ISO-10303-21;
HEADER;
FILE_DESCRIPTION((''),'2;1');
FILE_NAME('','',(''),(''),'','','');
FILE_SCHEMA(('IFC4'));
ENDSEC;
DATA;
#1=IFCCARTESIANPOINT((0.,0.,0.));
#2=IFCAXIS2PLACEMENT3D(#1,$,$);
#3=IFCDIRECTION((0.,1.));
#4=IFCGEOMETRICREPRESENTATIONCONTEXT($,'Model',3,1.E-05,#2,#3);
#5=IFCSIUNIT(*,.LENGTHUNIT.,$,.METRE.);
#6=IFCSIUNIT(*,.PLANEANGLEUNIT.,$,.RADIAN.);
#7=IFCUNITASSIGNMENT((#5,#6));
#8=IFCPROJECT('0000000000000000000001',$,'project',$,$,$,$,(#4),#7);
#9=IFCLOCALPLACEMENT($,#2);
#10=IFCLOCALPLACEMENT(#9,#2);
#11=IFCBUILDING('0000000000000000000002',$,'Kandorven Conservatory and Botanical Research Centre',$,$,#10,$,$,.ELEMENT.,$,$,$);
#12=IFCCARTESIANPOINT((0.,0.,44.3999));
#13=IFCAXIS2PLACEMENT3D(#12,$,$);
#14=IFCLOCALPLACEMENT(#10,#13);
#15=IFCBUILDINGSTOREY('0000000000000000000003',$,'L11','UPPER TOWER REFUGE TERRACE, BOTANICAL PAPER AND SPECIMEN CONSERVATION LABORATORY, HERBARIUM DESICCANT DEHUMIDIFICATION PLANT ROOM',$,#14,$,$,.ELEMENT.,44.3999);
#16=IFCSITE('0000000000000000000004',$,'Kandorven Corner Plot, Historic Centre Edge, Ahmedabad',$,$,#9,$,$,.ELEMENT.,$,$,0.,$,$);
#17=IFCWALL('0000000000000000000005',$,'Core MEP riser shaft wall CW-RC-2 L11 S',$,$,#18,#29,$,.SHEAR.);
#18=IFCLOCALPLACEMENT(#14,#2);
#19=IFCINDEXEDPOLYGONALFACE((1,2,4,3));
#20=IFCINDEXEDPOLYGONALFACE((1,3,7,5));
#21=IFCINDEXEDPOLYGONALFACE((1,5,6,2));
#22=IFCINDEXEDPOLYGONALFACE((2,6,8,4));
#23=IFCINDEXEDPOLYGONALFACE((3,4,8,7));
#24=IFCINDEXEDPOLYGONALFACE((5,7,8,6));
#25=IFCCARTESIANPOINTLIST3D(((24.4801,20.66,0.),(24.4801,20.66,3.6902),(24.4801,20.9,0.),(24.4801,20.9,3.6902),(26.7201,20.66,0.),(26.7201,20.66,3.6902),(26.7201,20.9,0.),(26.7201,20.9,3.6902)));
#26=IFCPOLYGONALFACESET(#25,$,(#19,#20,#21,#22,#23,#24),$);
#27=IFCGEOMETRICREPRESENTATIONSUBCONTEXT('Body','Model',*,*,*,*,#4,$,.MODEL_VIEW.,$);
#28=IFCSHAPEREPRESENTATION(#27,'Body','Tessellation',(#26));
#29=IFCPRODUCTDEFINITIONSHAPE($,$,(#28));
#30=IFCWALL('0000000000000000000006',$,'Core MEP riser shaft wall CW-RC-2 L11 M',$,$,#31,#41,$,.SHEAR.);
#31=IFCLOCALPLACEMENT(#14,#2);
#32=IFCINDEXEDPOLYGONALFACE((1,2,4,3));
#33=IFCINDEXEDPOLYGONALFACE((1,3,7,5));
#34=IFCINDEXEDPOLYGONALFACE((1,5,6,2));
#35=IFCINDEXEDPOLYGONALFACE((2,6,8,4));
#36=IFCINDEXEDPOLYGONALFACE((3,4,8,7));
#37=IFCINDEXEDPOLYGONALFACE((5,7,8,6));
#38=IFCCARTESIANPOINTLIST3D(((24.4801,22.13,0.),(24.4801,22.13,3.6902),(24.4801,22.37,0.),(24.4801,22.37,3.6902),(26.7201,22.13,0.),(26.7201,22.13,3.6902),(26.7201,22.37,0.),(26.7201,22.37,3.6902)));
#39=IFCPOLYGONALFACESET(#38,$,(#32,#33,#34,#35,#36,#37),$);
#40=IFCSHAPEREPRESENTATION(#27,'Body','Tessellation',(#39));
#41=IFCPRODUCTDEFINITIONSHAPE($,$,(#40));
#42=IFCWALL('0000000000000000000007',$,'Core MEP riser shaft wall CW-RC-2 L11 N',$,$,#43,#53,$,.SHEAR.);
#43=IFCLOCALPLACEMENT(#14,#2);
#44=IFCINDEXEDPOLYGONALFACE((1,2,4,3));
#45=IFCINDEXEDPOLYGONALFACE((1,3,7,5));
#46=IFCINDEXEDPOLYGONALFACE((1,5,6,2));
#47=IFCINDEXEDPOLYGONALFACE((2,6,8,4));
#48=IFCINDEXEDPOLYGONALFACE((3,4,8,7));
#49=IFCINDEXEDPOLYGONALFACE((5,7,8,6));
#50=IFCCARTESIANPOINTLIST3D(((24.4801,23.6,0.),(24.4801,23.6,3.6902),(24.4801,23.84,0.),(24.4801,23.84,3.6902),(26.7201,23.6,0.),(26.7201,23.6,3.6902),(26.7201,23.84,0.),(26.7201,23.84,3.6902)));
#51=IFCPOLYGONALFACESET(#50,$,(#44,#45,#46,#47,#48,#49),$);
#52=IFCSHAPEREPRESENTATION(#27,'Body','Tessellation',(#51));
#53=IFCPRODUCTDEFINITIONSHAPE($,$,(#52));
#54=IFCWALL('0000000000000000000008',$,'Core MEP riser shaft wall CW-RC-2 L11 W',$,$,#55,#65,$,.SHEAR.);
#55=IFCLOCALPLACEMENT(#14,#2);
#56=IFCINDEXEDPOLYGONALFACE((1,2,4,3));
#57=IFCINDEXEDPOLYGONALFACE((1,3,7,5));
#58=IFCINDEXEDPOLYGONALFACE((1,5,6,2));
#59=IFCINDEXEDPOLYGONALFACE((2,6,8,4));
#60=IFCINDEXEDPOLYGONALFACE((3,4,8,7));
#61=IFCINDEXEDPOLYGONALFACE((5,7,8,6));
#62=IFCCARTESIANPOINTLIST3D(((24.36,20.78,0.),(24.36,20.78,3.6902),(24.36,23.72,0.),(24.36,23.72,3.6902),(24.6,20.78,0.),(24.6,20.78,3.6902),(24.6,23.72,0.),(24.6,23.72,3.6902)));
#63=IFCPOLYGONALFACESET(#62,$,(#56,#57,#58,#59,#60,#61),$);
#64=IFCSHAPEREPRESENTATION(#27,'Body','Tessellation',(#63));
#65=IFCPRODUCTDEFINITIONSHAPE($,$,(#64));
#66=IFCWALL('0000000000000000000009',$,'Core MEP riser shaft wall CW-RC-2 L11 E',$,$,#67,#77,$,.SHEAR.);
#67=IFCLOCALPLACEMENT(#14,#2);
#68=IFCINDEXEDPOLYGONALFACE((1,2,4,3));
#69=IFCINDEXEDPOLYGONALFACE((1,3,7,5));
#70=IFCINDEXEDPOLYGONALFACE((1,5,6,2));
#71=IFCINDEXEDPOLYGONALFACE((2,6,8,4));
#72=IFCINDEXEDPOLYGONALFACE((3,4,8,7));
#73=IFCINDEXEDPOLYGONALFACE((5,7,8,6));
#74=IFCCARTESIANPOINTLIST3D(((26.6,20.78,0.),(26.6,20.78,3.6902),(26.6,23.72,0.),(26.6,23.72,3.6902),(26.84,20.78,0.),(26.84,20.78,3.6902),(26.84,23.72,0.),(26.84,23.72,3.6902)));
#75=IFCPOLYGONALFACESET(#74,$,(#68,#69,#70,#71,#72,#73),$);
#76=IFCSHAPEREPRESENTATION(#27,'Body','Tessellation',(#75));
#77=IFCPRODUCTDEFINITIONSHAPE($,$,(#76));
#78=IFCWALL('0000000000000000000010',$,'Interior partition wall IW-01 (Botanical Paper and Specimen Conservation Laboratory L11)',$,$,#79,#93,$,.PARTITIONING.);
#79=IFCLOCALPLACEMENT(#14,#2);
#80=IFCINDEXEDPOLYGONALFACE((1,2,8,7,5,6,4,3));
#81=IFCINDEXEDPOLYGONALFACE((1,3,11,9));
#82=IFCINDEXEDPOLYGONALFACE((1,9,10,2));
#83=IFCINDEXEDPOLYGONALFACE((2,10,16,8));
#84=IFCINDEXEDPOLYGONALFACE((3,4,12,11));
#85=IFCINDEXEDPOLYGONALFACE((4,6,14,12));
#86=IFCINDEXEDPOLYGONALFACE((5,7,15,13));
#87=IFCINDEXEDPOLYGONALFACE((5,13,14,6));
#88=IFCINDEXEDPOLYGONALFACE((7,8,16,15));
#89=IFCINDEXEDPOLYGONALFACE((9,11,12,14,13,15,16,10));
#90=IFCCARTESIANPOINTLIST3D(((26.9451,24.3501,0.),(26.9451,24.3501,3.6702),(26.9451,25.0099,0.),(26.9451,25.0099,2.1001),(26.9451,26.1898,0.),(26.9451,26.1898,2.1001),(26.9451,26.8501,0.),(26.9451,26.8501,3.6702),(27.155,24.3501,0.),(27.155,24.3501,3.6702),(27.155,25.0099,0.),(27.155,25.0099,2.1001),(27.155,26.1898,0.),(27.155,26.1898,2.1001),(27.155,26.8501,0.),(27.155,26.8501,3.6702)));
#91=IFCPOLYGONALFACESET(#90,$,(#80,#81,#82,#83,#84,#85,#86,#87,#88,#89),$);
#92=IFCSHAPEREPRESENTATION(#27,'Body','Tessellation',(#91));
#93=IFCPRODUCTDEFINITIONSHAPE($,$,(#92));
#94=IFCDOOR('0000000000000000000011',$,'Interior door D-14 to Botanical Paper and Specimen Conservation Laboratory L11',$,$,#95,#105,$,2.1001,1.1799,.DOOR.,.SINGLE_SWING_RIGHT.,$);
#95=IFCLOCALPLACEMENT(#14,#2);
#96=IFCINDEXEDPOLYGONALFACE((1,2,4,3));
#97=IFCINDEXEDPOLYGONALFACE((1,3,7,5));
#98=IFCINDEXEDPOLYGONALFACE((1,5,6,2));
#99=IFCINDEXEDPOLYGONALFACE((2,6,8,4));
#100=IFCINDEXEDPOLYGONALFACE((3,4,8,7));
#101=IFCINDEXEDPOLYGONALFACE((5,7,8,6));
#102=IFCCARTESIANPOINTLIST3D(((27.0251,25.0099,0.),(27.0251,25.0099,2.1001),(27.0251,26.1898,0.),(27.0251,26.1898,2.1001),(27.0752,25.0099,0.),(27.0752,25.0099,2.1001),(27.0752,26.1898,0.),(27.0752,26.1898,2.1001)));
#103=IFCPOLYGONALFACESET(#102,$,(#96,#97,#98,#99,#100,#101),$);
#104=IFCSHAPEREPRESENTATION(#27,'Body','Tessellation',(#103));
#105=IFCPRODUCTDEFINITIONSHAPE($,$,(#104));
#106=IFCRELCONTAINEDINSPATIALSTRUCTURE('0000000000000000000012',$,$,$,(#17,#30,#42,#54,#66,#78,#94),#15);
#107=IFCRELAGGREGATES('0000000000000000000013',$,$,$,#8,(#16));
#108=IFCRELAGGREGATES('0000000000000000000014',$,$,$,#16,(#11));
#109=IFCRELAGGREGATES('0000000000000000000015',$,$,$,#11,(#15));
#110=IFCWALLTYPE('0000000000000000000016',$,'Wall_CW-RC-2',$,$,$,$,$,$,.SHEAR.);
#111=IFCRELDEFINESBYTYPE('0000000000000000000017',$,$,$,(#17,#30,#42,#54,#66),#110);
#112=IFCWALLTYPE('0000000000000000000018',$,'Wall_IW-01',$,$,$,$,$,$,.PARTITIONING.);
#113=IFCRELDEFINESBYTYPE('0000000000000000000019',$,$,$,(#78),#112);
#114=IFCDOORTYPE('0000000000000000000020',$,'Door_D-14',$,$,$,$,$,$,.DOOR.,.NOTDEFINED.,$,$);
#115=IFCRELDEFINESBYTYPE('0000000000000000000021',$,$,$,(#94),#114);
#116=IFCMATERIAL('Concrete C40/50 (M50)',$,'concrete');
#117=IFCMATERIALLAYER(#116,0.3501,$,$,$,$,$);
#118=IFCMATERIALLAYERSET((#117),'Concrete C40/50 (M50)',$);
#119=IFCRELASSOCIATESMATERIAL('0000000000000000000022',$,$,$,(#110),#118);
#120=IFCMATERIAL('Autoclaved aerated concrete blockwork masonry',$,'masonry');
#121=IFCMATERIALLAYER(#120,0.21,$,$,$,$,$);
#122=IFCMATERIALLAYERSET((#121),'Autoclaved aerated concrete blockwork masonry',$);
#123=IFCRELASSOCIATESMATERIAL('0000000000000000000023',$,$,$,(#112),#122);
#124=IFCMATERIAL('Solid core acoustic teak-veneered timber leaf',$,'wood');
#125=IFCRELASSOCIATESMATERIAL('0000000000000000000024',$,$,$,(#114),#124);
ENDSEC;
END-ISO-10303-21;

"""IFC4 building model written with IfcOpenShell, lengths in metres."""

from ifc_helpers import new_model, si_unit, direction, frame, frame_2d, origin, place, context, subcontext, project, spatial, rectangle, extrude, material, layer, layer_set, type_object, element, fill, save


model = new_model("IFC4")

# Units and contexts
model_context = context("Model", 3, precision=1e-05, world=origin(), true_north=direction((0.0, 1.0)))
body_context = subcontext(model_context, "Body", "Model", "MODEL_VIEW")
ifc_project = project(units=[si_unit("LENGTHUNIT", "METRE"), si_unit("PLANEANGLEUNIT", "RADIAN")], contexts=[model_context])

# Site, building, storey
site_placement = place(None, origin())
site = spatial("IfcSite", under=ifc_project, at=site_placement, Name="Kandorven Corner Plot, Historic Centre Edge, Ahmedabad", CompositionType="ELEMENT", RefElevation=0.0)
building_placement = place(site_placement, origin())
building = spatial("IfcBuilding", under=site, at=building_placement, Name="Kandorven Conservatory and Botanical Research Centre", CompositionType="ELEMENT")
storey_placement = place(building_placement, frame((0.0, 0.0, 44.3999)))
storey = spatial("IfcBuildingStorey", under=building, at=storey_placement, Name="L11", Description="UPPER TOWER REFUGE TERRACE, BOTANICAL PAPER AND SPECIMEN CONSERVATION LABORATORY, HERBARIUM DESICCANT DEHUMIDIFICATION PLANT ROOM", CompositionType="ELEMENT", Elevation=44.3999)

# Walls
ifc_material_1 = material(Name="Concrete C40/50 (M50)", Category="concrete")
ifc_layer_1 = layer(ifc_material_1, 0.3501)
ifc_layer_set_1 = layer_set([ifc_layer_1], Name="Concrete C40/50 (M50)")
wall_type_1 = type_object("IfcWallType", Name="Wall_CW-RC-2", PredefinedType="SHEAR", material=ifc_layer_set_1)
for number, where, z_axis, x_axis, name in (
    (1, (24.48, 20.78, 0.0), (0.0, 0.0, 1.0), (1.0, 0.0, 0.0), "Core MEP riser shaft wall CW-RC-2 L11 S"),
    (2, (24.48, 22.25, 0.0), (0.0, 0.0, 1.0), (1.0, 0.0, 0.0), "Core MEP riser shaft wall CW-RC-2 L11 M"),
    (3, (24.48, 23.72, 0.0), (0.0, 0.0, 1.0), (1.0, 0.0, 0.0), "Core MEP riser shaft wall CW-RC-2 L11 N"),
):
    element("IfcWall", number, at=place(storey_placement, frame(where, z_axis=z_axis, x_axis=x_axis)), inside=storey, type_object=wall_type_1, Name=name, PredefinedType="SHEAR", context=body_context, shape_type="SweptSolid", body=[
        extrude(rectangle(XDim=2.24, YDim=0.24, at=frame_2d((1.1201, 0.0))), origin(), (0.0, 0.0, 1.0), 3.6902),
    ])
for number, where, z_axis, x_axis, name in (
    (4, (24.48, 20.78, 0.0), (0.0, 0.0, 1.0), (0.0, 1.0, 0.0), "Core MEP riser shaft wall CW-RC-2 L11 W"),
    (5, (26.72, 20.78, 0.0), (0.0, 0.0, 1.0), (0.0, 1.0, 0.0), "Core MEP riser shaft wall CW-RC-2 L11 E"),
):
    element("IfcWall", number, at=place(storey_placement, frame(where, z_axis=z_axis, x_axis=x_axis)), inside=storey, type_object=wall_type_1, Name=name, PredefinedType="SHEAR", context=body_context, shape_type="SweptSolid", body=[
        extrude(rectangle(XDim=2.9399, YDim=0.24, at=frame_2d((1.47, 0.0))), origin(), (0.0, 0.0, 1.0), 3.6902),
    ])

# Wall, opening, door
ifc_material_2 = material(Name="Autoclaved aerated concrete blockwork masonry", Category="masonry")
ifc_layer_2 = layer(ifc_material_2, 0.21)
ifc_layer_set_2 = layer_set([ifc_layer_2], Name="Autoclaved aerated concrete blockwork masonry")
wall_type_2 = type_object("IfcWallType", Name="Wall_IW-01", PredefinedType="PARTITIONING", material=ifc_layer_set_2)
wall_placement = place(storey_placement, frame((27.05, 24.3501, 0.0), z_axis=(0.0, 0.0, 1.0), x_axis=(0.0, 1.0, 0.0)))
wall = element("IfcWall", 6, at=wall_placement, inside=storey, type_object=wall_type_2, Name="Interior partition wall IW-01 (Botanical Paper and Specimen Conservation Laboratory L11)", PredefinedType="PARTITIONING", context=body_context, shape_type="SweptSolid", body=[
    extrude(rectangle(XDim=2.5, YDim=0.21, at=frame_2d((1.25, 0.0))), origin(), (0.0, 0.0, 1.0), 3.6702),
])
opening_placement = place(wall_placement, frame((0.6599, 0.0, 0.0)))
opening = element("IfcOpeningElement", 7, at=opening_placement, cuts=wall, PredefinedType="OPENING", context=body_context, shape_type="SweptSolid", body=[
    extrude(rectangle(XDim=1.1799, YDim=2.1001, at=frame_2d((0.5898, 1.05))), frame((0.0, 0.115, 0.0), z_axis=(0.0, -1.0, 0.0), x_axis=(1.0, 0.0, 0.0)), (0.0, 0.0, 1.0), 0.23),
])
ifc_material_3 = material(Name="Solid core acoustic teak-veneered timber leaf", Category="wood")
door_type = type_object("IfcDoorType", Name="Door_D-14", OperationType="NOTDEFINED", PredefinedType="DOOR", material=ifc_material_3)
door_placement = place(opening_placement, origin())
door = element("IfcDoor", 8, at=door_placement, inside=storey, type_object=door_type, Name="Interior door D-14 to Botanical Paper and Specimen Conservation Laboratory L11", OperationType="SINGLE_SWING_RIGHT", OverallHeight=2.1001, OverallWidth=1.1799, PredefinedType="DOOR", context=body_context, shape_type="SweptSolid", body=[
    extrude(rectangle(XDim=1.1799, YDim=2.1001, at=frame_2d((0.5898, 1.05))), frame((0.0, 0.0249, 0.0), z_axis=(0.0, -1.0, 0.0), x_axis=(1.0, 0.0, 0.0)), (0.0, 0.0, 1.0), 0.05),
])
fill(opening, door)

save(model, "model.ifc")
